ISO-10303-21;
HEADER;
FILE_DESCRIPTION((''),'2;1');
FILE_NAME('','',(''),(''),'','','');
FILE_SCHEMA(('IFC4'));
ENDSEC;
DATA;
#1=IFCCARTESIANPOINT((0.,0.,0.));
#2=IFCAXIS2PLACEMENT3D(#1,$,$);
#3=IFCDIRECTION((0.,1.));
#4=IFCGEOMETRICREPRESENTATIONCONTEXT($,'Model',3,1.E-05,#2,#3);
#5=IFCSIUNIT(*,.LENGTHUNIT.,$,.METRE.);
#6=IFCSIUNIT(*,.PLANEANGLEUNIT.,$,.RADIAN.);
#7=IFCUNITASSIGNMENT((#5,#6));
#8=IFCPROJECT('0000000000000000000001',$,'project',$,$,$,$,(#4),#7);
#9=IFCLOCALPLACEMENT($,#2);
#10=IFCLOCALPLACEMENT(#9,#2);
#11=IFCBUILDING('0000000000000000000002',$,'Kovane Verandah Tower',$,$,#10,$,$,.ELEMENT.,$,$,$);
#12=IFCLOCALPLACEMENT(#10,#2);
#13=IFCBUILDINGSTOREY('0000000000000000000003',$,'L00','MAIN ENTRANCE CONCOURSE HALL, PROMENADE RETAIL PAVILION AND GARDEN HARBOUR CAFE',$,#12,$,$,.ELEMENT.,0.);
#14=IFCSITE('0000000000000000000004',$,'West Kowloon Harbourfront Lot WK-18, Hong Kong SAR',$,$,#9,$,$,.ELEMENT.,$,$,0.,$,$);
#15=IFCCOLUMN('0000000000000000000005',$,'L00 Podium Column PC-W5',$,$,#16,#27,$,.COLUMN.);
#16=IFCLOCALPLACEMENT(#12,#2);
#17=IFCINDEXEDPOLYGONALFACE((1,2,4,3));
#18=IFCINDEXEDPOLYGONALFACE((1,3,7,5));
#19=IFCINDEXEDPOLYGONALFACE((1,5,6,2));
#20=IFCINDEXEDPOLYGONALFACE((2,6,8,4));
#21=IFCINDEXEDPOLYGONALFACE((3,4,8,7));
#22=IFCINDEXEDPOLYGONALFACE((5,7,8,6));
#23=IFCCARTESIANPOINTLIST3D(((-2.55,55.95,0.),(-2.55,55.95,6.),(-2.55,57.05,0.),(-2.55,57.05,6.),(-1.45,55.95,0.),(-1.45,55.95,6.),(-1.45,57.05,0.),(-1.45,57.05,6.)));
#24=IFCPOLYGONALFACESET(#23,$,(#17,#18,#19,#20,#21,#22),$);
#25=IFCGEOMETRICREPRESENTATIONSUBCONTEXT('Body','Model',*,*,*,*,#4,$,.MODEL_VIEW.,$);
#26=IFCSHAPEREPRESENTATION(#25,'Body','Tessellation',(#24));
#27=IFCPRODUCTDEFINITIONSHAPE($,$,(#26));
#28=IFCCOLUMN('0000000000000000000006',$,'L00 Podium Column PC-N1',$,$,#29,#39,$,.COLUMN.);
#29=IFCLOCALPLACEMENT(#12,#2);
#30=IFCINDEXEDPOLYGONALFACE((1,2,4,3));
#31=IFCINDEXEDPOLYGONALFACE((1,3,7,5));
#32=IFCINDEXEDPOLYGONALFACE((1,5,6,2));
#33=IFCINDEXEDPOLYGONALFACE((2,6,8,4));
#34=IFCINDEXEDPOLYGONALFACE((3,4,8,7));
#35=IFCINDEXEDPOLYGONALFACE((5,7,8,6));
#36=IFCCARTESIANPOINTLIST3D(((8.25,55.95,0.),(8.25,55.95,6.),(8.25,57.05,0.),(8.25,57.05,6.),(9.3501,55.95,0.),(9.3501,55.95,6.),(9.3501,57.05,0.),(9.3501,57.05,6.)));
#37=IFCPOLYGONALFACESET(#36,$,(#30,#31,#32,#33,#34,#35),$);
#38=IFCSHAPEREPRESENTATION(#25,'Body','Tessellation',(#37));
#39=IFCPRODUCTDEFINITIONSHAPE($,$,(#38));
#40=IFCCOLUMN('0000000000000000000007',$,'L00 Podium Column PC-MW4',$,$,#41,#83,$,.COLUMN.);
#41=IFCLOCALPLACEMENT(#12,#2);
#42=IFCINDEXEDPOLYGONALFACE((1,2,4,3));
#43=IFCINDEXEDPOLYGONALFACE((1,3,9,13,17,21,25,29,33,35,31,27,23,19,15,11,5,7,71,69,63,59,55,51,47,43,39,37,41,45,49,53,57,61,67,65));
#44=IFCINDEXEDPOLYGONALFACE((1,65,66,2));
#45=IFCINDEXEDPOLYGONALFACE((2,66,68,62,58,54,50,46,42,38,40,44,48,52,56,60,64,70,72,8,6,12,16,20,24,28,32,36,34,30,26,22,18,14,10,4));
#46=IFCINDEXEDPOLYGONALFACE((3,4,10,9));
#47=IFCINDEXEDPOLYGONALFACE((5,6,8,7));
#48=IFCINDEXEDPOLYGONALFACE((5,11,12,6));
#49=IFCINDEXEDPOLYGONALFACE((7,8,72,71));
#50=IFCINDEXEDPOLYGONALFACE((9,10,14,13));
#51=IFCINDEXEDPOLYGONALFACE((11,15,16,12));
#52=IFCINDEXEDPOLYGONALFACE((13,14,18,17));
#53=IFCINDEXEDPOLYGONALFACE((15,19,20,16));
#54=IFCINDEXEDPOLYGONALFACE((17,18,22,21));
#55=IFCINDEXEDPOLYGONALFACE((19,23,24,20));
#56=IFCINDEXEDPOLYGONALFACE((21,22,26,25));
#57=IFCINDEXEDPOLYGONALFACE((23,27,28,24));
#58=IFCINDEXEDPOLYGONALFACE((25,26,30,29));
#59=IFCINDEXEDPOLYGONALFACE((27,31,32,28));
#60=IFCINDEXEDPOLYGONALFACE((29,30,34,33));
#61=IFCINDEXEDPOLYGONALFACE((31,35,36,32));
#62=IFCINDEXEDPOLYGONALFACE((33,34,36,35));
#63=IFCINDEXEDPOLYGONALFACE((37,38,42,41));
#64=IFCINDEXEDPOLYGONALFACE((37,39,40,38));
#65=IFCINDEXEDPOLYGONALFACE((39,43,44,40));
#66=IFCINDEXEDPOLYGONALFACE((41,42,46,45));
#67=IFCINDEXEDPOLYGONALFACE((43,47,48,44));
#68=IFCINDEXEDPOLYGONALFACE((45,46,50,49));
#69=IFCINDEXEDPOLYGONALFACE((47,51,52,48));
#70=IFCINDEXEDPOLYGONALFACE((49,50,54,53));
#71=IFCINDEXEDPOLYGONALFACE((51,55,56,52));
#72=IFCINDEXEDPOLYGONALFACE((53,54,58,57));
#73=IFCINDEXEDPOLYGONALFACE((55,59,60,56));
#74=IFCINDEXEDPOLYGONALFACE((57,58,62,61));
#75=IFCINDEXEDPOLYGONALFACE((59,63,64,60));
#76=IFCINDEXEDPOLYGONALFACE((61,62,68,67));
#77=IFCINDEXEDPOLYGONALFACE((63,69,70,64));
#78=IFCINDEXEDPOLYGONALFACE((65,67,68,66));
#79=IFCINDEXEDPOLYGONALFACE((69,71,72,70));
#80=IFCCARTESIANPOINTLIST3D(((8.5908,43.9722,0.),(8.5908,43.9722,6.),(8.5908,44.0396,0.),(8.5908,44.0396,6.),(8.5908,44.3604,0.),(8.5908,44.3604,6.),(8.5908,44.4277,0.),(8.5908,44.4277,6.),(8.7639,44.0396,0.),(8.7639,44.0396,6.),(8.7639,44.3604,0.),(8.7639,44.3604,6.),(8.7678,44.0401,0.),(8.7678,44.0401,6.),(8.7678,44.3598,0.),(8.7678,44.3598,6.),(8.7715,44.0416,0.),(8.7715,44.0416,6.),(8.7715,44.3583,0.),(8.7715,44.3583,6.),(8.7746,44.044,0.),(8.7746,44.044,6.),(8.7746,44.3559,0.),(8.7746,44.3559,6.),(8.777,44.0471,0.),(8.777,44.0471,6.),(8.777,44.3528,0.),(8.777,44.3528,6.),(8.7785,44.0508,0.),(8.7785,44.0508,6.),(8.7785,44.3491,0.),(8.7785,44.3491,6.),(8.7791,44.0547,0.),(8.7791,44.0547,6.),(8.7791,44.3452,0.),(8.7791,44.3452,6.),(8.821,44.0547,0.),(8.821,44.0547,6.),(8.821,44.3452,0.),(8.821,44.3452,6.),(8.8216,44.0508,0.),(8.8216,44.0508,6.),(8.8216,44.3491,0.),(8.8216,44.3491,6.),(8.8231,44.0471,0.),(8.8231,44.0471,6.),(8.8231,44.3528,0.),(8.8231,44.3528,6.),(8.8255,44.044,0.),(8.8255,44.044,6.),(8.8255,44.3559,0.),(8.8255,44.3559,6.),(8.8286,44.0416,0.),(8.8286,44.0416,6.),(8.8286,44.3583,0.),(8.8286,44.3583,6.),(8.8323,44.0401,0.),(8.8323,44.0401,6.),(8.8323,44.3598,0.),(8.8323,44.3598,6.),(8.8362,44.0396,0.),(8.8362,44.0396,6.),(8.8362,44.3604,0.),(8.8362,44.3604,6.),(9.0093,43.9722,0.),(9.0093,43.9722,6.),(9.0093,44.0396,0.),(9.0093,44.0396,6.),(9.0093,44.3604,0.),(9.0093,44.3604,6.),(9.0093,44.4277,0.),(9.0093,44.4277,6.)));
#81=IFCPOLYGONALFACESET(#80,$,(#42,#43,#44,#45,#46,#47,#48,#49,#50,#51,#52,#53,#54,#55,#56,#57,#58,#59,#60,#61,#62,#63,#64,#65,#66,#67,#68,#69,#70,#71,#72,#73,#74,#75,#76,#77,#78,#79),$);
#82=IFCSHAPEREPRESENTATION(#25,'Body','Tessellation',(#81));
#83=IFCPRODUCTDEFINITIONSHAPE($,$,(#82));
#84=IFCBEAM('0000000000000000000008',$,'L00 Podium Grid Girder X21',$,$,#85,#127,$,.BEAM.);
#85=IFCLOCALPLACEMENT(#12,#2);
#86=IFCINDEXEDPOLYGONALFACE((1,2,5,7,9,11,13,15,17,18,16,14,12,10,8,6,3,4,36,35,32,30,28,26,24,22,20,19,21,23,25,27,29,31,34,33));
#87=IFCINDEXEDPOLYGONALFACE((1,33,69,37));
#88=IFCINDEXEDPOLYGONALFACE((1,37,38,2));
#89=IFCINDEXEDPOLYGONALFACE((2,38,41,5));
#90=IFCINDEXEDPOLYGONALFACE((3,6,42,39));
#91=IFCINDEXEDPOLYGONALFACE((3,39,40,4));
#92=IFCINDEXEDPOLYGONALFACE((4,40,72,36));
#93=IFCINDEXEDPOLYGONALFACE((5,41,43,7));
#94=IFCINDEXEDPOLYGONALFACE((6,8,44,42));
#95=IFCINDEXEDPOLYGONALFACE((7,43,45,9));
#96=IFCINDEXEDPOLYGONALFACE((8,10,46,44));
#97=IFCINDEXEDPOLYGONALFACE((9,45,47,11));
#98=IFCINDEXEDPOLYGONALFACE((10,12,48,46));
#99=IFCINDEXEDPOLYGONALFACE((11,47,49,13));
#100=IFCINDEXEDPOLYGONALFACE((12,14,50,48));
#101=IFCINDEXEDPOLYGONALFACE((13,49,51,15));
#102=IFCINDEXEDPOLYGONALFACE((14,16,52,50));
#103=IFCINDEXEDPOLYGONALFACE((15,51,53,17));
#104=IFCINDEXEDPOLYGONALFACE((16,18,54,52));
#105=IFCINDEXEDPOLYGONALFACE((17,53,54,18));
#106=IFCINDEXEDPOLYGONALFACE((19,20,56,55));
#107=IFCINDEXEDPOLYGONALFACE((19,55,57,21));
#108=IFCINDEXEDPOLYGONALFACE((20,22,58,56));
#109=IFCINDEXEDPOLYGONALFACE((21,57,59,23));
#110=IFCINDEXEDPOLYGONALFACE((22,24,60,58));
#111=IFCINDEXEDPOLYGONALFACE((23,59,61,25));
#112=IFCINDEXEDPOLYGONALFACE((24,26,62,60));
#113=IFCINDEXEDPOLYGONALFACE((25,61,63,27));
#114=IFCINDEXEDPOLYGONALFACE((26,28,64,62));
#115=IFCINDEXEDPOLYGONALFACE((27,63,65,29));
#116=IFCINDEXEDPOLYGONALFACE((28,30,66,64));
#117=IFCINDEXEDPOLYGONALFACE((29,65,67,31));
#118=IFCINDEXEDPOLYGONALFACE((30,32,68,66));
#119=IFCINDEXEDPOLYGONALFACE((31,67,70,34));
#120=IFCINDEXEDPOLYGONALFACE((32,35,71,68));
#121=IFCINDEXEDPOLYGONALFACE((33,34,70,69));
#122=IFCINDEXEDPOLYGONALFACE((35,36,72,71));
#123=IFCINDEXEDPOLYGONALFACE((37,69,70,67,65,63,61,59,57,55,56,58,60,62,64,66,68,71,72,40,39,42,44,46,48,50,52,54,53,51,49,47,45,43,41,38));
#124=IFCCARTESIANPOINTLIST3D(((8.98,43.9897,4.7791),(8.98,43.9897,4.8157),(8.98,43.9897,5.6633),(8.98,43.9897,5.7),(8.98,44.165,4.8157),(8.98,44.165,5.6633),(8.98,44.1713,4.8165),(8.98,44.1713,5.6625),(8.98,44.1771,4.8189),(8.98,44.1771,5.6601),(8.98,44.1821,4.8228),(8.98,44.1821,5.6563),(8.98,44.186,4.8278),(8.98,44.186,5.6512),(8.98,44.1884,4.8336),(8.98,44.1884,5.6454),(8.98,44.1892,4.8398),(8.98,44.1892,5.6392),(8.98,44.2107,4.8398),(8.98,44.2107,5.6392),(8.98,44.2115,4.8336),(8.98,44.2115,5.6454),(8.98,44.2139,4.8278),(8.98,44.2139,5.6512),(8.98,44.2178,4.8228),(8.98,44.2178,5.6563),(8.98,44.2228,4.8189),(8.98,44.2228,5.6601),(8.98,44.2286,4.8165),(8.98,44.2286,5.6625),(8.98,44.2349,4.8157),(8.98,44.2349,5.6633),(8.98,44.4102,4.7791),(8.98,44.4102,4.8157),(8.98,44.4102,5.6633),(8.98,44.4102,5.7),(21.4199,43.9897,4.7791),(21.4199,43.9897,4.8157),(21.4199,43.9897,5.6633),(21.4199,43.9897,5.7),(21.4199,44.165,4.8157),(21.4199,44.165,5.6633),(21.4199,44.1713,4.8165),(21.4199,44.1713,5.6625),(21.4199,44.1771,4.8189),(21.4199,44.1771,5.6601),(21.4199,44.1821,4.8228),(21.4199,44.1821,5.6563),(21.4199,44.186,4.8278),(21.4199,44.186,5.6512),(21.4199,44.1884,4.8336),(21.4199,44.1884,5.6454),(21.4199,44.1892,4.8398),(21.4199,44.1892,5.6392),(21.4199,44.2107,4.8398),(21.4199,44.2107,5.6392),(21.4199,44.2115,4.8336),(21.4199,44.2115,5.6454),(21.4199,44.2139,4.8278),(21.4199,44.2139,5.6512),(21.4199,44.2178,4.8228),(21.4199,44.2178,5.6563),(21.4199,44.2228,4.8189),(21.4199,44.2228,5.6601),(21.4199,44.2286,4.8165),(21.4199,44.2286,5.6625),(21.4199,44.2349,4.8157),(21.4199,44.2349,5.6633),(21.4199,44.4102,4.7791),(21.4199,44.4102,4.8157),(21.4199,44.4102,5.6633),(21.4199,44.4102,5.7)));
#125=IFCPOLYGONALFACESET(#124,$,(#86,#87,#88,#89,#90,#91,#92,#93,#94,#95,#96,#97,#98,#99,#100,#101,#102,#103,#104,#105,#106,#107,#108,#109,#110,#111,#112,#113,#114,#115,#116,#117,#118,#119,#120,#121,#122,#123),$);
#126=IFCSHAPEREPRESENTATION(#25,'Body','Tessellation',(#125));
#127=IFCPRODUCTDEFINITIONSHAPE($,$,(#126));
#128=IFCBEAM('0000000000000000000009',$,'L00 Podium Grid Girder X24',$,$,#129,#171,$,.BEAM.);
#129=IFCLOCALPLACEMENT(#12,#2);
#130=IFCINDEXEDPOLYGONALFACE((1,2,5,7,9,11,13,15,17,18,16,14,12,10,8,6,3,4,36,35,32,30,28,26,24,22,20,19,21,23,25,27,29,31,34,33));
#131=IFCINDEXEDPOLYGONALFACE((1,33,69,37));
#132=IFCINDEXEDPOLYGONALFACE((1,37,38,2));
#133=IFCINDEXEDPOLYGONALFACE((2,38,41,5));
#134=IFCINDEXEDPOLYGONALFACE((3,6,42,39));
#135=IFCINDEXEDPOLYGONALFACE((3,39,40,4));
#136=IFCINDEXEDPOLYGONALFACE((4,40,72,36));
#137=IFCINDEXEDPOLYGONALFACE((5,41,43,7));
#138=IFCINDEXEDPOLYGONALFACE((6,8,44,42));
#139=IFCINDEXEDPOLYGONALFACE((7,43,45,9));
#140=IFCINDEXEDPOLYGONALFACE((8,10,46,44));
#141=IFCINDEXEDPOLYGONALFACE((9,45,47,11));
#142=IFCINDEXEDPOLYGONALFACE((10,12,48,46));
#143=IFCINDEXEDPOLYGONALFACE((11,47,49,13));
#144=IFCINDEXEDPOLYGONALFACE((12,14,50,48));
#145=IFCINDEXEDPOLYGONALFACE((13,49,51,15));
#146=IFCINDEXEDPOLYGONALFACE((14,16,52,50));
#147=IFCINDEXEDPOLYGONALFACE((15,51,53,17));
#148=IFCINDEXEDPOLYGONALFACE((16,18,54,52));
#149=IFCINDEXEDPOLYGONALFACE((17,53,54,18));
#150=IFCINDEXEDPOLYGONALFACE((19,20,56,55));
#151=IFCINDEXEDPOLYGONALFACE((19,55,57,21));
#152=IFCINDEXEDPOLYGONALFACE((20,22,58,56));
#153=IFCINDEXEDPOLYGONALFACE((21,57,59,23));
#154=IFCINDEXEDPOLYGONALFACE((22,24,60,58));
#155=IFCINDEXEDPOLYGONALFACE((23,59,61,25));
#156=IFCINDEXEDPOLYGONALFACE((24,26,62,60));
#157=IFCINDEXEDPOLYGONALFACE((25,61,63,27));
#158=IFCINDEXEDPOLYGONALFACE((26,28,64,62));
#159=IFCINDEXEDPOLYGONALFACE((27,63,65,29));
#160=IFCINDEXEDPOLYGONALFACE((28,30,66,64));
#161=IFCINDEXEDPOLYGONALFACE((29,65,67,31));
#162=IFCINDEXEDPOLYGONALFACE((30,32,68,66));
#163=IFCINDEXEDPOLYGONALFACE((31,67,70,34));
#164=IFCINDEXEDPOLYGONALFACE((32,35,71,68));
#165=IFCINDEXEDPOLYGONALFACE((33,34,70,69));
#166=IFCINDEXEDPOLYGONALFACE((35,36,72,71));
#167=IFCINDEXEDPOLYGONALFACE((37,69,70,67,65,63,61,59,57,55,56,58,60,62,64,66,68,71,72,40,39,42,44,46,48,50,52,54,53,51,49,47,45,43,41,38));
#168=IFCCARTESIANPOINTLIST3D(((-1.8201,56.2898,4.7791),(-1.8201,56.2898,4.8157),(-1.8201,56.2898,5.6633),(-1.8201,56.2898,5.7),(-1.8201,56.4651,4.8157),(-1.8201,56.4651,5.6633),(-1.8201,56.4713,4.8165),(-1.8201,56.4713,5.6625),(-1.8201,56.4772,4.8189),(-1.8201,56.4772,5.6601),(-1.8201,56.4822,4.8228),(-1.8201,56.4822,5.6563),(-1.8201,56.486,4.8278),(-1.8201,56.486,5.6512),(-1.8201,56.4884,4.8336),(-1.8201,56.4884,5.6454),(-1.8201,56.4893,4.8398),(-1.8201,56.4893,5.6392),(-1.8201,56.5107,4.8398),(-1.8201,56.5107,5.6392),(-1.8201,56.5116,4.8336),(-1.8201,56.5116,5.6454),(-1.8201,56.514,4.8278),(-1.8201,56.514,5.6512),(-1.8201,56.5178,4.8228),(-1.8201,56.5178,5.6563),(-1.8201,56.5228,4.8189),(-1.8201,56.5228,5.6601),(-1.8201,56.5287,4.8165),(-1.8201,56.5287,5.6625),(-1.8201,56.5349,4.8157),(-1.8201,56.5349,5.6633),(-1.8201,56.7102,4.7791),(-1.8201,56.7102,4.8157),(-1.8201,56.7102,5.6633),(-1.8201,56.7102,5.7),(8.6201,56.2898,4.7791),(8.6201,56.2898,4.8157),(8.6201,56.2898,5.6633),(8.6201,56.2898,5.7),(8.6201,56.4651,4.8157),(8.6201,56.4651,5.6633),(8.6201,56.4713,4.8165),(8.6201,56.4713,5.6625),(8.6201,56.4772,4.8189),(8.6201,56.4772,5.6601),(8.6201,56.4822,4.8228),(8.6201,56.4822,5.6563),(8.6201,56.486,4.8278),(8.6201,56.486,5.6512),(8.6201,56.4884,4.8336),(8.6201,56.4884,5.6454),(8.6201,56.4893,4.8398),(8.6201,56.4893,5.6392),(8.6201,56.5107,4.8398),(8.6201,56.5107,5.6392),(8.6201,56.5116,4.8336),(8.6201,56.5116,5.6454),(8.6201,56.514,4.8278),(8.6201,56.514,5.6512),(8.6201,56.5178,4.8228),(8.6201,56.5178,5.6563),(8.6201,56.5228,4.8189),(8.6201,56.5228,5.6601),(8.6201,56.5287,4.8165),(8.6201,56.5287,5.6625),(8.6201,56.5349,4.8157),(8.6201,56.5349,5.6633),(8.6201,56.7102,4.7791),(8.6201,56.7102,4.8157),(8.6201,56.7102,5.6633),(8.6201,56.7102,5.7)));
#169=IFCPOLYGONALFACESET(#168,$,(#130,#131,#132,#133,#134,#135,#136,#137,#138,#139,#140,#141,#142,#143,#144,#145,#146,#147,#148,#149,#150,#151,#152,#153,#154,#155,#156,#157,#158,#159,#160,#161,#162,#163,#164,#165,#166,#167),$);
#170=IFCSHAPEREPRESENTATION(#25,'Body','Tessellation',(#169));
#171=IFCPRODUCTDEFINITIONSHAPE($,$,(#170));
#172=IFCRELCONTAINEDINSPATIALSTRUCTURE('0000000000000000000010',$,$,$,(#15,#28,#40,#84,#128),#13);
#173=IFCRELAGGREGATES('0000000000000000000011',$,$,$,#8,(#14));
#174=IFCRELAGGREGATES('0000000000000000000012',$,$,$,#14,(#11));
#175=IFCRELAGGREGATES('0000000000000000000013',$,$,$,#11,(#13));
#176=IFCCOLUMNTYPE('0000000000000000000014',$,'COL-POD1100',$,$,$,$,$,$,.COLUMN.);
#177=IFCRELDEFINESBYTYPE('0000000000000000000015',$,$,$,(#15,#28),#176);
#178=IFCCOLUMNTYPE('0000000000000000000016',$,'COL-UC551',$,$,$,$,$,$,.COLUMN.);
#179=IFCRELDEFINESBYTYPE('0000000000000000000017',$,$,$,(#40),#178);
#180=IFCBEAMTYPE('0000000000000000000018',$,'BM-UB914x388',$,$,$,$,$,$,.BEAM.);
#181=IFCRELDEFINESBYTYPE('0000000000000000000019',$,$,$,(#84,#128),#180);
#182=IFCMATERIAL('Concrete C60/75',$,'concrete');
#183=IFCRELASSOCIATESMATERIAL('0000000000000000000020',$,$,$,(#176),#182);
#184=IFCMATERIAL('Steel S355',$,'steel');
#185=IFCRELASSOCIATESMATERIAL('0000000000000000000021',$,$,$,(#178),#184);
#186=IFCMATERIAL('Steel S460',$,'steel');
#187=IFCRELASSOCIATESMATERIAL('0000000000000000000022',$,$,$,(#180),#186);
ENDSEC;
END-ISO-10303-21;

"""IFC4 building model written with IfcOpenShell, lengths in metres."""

from ifc_helpers import new_model, si_unit, direction, frame, origin, origin_2d, place, context, subcontext, project, spatial, rectangle, i_section, extrude, material, material_profile, profile_set, type_object, element, save


model = new_model("IFC4")

# Units and contexts
model_context = context("Model", 3, precision=1e-05, world=origin(), true_north=direction((0.0, 1.0)))
body_context = subcontext(model_context, "Body", "Model", "MODEL_VIEW")
ifc_project = project(units=[si_unit("LENGTHUNIT", "METRE"), si_unit("PLANEANGLEUNIT", "RADIAN")], contexts=[model_context])

# Site, building, storey
site_placement = place(None, origin())
site = spatial("IfcSite", under=ifc_project, at=site_placement, Name="West Kowloon Harbourfront Lot WK-18, Hong Kong SAR", CompositionType="ELEMENT", RefElevation=0.0)
building_placement = place(site_placement, origin())
building = spatial("IfcBuilding", under=site, at=building_placement, Name="Kovane Verandah Tower", CompositionType="ELEMENT")
storey_placement = place(building_placement, origin())
storey = spatial("IfcBuildingStorey", under=building, at=storey_placement, Name="L00", Description="MAIN ENTRANCE CONCOURSE HALL, PROMENADE RETAIL PAVILION AND GARDEN HARBOUR CAFE", CompositionType="ELEMENT", Elevation=0.0)

# Columns
ifc_material_1 = material(Name="Concrete C60/75", Category="concrete")
ifc_material_profile_1 = material_profile(ifc_material_1, rectangle(XDim=1.1001, YDim=1.1001, at=origin_2d()), Name="RC1100x1100")
ifc_profile_set_1 = profile_set([ifc_material_profile_1], Name="Concrete C60/75")
column_type_1 = type_object("IfcColumnType", Name="COL-POD1100", PredefinedType="COLUMN", material=ifc_profile_set_1)
for number, where, z_axis, x_axis, name in (
    (1, (-2.0, 56.5, 0.0), (0.0, 0.0, 1.0), (1.0, 0.0, 0.0), "L00 Podium Column PC-W5"),
    (2, (8.8, 56.5, 0.0), (0.0, 0.0, 1.0), (1.0, 0.0, 0.0), "L00 Podium Column PC-N1"),
):
    element("IfcColumn", number, at=place(storey_placement, frame(where, z_axis=z_axis, x_axis=x_axis)), inside=storey, type_object=column_type_1, Name=name, PredefinedType="COLUMN", context=body_context, shape_type="SweptSolid", body=[
        extrude(rectangle(XDim=1.1001, YDim=1.1001, at=origin_2d()), origin(), (0.0, 0.0, 1.0), 6.0),
    ])
ifc_material_2 = material(Name="Steel S355", Category="steel")
ifc_material_profile_2 = material_profile(ifc_material_2, i_section(OverallWidth=0.4185, OverallDepth=0.4556, WebThickness=0.042, FlangeThickness=0.0674, FilletRadius=0.0151, at=origin_2d()), Name="UC356x406x551")
ifc_profile_set_2 = profile_set([ifc_material_profile_2], Name="Steel S355")
column_type_2 = type_object("IfcColumnType", Name="COL-UC551", PredefinedType="COLUMN", material=ifc_profile_set_2)
column_placement = place(storey_placement, frame((8.8, 44.2, 0.0), z_axis=(0.0, 0.0, 1.0), x_axis=(1.0, 0.0, 0.0)))
element("IfcColumn", 3, at=column_placement, inside=storey, type_object=column_type_2, Name="L00 Podium Column PC-MW4", PredefinedType="COLUMN", context=body_context, shape_type="SweptSolid", body=[
    extrude(i_section(OverallWidth=0.4185, OverallDepth=0.4556, WebThickness=0.042, FlangeThickness=0.0674, FilletRadius=0.0151, at=origin_2d()), origin(), (0.0, 0.0, 1.0), 6.0),
])

# Beams
ifc_material_3 = material(Name="Steel S460", Category="steel")
ifc_material_profile_3 = material_profile(ifc_material_3, i_section(OverallWidth=0.4204, OverallDepth=0.9209, WebThickness=0.0215, FlangeThickness=0.0366, FilletRadius=0.0242, at=origin_2d()), Name="UB914x419x388")
ifc_profile_set_3 = profile_set([ifc_material_profile_3], Name="Steel S460")
beam_type_1 = type_object("IfcBeamType", Name="BM-UB914x388", PredefinedType="BEAM", material=ifc_profile_set_3)
beam_1_placement = place(storey_placement, frame((8.98, 44.2, 5.2395), z_axis=(1.0, 0.0, 0.0), x_axis=(0.0, 1.0, 0.0)))
element("IfcBeam", 4, at=beam_1_placement, inside=storey, type_object=beam_type_1, Name="L00 Podium Grid Girder X21", PredefinedType="BEAM", context=body_context, shape_type="SweptSolid", body=[
    extrude(i_section(OverallWidth=0.4204, OverallDepth=0.9209, WebThickness=0.0215, FlangeThickness=0.0366, FilletRadius=0.0242, at=origin_2d()), origin(), (0.0, 0.0, 1.0), 12.4399),
])
beam_2_placement = place(storey_placement, frame((-1.8201, 56.5, 5.2395), z_axis=(1.0, 0.0, 0.0), x_axis=(0.0, 1.0, 0.0)))
element("IfcBeam", 5, at=beam_2_placement, inside=storey, type_object=beam_type_1, Name="L00 Podium Grid Girder X24", PredefinedType="BEAM", context=body_context, shape_type="SweptSolid", body=[
    extrude(i_section(OverallWidth=0.4204, OverallDepth=0.9209, WebThickness=0.0215, FlangeThickness=0.0366, FilletRadius=0.0242, at=origin_2d()), origin(), (0.0, 0.0, 1.0), 10.4402),
])

save(model, "model.ifc")
